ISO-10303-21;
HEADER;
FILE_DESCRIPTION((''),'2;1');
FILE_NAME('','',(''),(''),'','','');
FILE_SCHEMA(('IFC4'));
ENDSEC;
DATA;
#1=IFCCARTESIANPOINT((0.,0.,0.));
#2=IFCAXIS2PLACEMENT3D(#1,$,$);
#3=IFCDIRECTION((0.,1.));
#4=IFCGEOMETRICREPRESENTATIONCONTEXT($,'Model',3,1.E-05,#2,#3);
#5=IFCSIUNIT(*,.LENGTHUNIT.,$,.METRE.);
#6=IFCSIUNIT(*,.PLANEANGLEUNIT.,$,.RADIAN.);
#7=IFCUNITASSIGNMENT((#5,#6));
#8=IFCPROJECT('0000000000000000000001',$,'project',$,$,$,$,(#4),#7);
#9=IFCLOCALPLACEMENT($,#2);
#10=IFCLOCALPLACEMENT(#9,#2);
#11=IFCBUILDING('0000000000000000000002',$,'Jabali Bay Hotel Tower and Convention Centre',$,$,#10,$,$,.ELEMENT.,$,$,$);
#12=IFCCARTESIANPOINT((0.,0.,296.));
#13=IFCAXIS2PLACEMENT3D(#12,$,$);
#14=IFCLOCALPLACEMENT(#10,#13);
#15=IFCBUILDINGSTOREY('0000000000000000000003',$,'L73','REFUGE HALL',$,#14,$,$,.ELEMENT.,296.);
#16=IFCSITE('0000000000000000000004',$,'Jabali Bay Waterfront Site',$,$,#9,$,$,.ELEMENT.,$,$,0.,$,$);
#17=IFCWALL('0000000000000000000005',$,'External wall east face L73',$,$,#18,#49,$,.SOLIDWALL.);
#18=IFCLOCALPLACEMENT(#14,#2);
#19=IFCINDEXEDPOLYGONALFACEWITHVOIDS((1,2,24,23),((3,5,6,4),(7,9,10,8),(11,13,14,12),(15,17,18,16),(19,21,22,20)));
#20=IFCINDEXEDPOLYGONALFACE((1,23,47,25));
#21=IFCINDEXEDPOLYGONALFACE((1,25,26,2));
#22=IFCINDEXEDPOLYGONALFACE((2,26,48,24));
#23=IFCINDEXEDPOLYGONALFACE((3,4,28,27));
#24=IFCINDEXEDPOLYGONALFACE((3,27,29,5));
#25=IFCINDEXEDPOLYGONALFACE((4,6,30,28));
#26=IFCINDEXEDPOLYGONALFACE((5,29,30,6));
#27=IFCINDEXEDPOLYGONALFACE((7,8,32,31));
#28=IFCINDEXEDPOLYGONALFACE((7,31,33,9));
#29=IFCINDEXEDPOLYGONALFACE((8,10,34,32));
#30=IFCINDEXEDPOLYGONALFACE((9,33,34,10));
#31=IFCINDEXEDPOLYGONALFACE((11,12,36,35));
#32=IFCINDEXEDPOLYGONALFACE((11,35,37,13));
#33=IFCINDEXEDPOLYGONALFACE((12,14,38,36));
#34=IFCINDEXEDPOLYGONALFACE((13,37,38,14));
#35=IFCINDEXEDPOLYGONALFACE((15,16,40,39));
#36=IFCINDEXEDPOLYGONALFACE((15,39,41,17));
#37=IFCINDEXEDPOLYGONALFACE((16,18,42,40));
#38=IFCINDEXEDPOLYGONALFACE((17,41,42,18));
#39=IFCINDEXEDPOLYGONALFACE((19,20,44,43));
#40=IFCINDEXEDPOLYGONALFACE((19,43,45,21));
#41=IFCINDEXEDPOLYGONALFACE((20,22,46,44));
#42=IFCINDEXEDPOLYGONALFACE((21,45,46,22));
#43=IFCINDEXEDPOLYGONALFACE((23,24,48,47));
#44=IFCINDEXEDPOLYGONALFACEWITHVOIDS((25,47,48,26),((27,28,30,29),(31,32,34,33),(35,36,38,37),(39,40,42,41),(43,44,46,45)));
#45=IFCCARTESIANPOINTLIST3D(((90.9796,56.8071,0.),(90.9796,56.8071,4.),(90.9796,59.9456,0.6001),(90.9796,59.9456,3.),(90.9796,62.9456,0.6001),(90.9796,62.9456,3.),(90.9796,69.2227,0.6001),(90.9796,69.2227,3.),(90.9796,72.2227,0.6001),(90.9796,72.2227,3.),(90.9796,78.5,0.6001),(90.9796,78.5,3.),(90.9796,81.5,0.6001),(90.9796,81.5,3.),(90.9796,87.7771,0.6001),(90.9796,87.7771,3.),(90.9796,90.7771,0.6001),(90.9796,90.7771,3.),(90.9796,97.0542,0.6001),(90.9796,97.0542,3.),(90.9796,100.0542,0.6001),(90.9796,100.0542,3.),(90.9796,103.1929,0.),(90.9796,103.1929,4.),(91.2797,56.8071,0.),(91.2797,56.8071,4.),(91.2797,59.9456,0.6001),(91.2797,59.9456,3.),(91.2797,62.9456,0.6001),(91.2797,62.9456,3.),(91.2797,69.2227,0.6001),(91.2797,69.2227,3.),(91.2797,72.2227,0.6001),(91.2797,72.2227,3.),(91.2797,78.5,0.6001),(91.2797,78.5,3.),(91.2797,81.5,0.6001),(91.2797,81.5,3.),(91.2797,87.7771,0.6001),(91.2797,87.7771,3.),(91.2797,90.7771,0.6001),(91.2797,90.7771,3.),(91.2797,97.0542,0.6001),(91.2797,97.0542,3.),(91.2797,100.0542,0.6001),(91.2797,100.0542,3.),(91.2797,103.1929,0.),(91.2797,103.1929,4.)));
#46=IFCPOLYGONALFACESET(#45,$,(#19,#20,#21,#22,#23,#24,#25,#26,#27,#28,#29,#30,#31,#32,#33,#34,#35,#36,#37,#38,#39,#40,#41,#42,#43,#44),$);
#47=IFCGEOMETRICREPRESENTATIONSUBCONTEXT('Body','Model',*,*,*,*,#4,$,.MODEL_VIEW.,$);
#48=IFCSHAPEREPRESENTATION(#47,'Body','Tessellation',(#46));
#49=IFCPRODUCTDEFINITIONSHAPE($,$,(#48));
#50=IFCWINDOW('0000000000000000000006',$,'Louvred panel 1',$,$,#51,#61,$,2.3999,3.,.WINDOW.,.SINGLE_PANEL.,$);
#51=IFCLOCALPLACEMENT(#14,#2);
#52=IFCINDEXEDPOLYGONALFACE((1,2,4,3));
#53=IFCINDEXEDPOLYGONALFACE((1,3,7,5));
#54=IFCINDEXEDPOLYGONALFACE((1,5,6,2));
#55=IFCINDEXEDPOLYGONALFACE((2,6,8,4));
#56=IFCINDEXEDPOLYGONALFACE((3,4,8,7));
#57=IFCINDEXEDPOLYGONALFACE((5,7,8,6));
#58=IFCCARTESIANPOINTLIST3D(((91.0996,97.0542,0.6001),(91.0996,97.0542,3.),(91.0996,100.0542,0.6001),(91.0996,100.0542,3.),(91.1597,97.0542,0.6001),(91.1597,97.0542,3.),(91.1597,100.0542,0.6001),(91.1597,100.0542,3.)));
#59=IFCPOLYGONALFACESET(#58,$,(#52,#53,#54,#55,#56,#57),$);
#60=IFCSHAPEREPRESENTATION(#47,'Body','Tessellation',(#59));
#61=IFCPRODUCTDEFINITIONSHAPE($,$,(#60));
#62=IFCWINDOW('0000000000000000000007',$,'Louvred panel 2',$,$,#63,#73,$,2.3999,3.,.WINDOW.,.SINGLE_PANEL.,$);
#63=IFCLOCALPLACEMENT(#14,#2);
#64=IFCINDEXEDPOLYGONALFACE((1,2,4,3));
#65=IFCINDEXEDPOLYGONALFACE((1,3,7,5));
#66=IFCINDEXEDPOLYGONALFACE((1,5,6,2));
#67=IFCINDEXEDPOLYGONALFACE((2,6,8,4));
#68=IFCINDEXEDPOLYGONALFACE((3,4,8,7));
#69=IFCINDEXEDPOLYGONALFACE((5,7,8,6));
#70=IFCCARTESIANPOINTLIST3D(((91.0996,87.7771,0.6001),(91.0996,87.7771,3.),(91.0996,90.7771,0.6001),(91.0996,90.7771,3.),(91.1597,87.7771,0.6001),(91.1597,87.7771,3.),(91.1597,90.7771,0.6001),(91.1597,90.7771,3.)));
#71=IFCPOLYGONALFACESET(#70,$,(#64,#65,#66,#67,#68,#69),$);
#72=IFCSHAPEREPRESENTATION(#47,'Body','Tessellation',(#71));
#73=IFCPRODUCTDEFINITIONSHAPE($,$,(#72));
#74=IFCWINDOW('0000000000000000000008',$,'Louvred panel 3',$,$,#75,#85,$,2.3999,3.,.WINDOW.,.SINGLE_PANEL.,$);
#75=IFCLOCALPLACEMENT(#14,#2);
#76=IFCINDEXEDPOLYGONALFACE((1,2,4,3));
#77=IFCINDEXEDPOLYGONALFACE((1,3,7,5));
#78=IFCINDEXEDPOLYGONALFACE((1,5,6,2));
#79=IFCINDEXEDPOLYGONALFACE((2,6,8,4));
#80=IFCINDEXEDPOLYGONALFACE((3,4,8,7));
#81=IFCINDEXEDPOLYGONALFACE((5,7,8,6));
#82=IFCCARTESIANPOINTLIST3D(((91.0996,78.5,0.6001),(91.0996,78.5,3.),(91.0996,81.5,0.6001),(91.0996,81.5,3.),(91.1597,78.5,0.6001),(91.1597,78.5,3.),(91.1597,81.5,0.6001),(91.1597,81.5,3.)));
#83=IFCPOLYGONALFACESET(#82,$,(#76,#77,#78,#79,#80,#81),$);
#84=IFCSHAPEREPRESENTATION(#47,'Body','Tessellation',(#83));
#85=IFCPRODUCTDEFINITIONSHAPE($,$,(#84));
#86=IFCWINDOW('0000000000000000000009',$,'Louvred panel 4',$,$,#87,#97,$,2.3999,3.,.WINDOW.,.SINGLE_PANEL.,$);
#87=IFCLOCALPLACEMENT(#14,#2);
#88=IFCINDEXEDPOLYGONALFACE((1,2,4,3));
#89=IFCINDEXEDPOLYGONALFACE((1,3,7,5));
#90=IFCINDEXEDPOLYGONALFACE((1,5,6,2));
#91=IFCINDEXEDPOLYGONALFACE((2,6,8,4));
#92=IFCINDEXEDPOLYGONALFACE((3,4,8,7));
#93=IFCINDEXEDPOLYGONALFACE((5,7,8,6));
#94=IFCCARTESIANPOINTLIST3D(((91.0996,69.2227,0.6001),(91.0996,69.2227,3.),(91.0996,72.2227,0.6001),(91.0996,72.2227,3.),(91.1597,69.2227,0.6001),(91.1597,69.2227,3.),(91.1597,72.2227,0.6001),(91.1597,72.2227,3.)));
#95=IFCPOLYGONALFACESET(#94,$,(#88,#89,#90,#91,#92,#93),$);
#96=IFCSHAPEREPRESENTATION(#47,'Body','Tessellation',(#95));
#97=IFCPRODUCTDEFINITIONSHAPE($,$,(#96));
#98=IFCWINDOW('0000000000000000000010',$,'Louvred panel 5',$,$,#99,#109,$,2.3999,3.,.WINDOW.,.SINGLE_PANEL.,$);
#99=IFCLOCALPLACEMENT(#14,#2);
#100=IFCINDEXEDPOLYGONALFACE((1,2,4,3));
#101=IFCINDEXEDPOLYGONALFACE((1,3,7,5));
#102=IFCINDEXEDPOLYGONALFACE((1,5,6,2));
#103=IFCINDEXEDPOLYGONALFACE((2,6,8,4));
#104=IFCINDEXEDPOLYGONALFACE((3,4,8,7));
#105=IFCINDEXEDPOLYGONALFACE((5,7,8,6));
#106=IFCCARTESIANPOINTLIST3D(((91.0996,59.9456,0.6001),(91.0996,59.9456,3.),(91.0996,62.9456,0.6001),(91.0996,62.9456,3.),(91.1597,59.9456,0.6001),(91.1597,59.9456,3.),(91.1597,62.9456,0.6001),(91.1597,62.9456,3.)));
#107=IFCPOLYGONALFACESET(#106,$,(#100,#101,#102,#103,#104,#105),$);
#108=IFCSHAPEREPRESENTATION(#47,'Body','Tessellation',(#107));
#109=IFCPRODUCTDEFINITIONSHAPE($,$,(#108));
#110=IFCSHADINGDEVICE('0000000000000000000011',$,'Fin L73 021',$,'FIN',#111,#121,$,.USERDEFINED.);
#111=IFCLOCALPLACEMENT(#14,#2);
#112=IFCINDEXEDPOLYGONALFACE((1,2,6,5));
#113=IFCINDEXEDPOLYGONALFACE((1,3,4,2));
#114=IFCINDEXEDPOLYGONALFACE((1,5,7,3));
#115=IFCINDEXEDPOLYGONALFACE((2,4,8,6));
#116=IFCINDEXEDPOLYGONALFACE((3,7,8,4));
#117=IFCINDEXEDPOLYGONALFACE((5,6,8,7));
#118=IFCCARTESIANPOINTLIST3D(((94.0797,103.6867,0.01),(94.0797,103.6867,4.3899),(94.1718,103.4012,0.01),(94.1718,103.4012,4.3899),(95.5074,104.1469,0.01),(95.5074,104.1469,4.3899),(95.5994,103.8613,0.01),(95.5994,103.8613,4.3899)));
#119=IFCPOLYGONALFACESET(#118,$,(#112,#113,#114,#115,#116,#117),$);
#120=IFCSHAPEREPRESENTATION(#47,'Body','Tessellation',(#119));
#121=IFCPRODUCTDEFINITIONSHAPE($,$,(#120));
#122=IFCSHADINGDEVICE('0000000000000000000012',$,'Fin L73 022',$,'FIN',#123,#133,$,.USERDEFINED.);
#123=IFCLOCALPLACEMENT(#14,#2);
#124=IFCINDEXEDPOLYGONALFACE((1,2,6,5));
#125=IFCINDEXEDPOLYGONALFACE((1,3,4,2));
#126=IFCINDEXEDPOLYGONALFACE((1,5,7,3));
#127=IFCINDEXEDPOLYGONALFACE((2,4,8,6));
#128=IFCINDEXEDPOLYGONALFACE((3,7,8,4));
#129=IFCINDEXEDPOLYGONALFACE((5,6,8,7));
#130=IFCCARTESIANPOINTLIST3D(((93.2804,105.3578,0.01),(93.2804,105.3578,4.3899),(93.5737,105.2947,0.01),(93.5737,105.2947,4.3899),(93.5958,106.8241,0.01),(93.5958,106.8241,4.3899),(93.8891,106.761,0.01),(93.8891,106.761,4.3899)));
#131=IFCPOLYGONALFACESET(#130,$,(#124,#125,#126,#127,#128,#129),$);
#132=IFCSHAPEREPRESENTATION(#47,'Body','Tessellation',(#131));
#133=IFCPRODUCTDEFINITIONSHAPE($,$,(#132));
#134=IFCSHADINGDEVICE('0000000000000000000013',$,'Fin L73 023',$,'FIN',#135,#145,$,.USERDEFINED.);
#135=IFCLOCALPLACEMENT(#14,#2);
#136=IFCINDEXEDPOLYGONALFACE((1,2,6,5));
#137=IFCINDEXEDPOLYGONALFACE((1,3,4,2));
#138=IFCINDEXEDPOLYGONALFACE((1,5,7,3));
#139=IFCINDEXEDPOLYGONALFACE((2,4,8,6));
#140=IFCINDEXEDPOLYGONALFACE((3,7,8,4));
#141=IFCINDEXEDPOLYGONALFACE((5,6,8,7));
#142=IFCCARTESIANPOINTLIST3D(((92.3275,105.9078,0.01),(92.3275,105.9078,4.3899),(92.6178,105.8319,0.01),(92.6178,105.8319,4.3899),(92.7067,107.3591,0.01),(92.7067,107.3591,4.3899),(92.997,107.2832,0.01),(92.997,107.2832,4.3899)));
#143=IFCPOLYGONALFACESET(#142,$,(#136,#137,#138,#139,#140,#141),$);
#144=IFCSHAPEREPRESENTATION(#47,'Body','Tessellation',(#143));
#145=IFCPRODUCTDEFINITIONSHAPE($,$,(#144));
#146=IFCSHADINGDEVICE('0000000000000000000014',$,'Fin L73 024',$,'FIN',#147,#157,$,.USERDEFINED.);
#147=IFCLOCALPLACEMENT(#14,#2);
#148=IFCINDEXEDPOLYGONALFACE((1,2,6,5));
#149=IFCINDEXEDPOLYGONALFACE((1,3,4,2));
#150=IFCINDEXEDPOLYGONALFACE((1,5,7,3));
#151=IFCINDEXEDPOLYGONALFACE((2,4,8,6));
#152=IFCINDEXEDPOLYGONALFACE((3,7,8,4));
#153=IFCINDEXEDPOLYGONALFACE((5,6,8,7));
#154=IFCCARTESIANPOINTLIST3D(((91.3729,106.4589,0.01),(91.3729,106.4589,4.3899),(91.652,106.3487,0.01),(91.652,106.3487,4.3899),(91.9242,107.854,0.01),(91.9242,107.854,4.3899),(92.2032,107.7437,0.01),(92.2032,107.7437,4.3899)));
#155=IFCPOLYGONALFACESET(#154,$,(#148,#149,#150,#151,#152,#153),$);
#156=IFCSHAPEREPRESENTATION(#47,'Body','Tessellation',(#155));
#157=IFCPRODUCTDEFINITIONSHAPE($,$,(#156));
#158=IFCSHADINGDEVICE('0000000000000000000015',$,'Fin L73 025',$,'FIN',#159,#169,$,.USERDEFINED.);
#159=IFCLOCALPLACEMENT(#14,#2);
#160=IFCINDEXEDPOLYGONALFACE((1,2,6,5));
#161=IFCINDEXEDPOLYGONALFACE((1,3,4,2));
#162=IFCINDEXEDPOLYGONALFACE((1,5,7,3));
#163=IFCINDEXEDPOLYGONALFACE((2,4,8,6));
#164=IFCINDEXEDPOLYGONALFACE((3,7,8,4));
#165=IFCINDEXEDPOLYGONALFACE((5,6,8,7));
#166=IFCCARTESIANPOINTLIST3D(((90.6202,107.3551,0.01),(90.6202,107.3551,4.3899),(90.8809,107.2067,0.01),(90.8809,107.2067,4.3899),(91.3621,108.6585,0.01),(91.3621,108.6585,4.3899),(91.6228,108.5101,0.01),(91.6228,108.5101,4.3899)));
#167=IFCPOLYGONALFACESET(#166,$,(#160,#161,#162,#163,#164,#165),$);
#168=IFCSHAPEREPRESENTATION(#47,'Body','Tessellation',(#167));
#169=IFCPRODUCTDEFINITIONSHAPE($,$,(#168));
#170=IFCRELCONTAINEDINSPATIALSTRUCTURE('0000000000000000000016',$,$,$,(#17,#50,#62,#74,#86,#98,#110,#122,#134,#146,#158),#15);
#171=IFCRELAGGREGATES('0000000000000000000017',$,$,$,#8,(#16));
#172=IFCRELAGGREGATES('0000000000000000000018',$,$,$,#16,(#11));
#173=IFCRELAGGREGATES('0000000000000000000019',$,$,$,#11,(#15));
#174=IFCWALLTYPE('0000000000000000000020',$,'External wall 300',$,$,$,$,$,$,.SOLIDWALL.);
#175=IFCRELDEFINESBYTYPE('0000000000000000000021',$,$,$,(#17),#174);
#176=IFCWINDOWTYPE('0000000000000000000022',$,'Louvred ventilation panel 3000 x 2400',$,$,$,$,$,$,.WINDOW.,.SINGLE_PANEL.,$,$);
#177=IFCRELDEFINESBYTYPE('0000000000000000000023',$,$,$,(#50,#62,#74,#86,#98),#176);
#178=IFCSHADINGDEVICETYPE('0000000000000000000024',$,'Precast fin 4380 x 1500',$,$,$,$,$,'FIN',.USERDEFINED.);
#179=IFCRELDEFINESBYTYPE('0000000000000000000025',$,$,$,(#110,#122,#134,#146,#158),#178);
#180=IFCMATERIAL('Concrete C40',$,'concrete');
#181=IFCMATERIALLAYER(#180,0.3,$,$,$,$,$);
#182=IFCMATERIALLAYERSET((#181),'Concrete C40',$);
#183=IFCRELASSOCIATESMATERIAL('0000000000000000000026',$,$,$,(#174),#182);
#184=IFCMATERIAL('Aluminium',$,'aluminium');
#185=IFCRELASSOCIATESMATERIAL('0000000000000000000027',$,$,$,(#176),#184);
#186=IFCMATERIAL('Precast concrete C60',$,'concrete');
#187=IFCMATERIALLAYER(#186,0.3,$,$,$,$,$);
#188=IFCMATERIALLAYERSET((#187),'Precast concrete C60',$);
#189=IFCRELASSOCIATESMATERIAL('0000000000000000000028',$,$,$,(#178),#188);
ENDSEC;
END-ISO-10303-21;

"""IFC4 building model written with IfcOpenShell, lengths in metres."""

from ifc_helpers import new_model, si_unit, direction, frame, frame_2d, origin, place, context, subcontext, project, spatial, rectangle, extrude, material, layer, layer_set, type_object, element, fill, save


model = new_model("IFC4")

# Units and contexts
model_context = context("Model", 3, precision=1e-05, world=origin(), true_north=direction((0.0, 1.0)))
body_context = subcontext(model_context, "Body", "Model", "MODEL_VIEW")
ifc_project = project(units=[si_unit("LENGTHUNIT", "METRE"), si_unit("PLANEANGLEUNIT", "RADIAN")], contexts=[model_context])

# Site, building, storey
site_placement = place(None, origin())
site = spatial("IfcSite", under=ifc_project, at=site_placement, Name="Jabali Bay Waterfront Site", CompositionType="ELEMENT", RefElevation=0.0)
building_placement = place(site_placement, origin())
building = spatial("IfcBuilding", under=site, at=building_placement, Name="Jabali Bay Hotel Tower and Convention Centre", CompositionType="ELEMENT")
storey_placement = place(building_placement, frame((0.0, 0.0, 296.0)))
storey = spatial("IfcBuildingStorey", under=building, at=storey_placement, Name="L73", Description="REFUGE HALL", CompositionType="ELEMENT", Elevation=296.0)

# Wall, openings, windows
ifc_material_1 = material(Name="Concrete C40", Category="concrete")
ifc_layer_1 = layer(ifc_material_1, 0.3)
ifc_layer_set_1 = layer_set([ifc_layer_1], Name="Concrete C40")
wall_type = type_object("IfcWallType", Name="External wall 300", PredefinedType="SOLIDWALL", material=ifc_layer_set_1)
wall_placement = place(storey_placement, frame((91.1296, 103.1929, 0.0), z_axis=(0.0, 0.0, 1.0), x_axis=(0.0, -1.0, 0.0)))
wall = element("IfcWall", 1, at=wall_placement, inside=storey, type_object=wall_type, Name="External wall east face L73", PredefinedType="SOLIDWALL", context=body_context, shape_type="SweptSolid", body=[
    extrude(rectangle(XDim=46.3857, YDim=0.3, at=frame_2d((23.1929, 0.0))), origin(), (0.0, 0.0, 1.0), 4.0),
])
opening_1_placement = place(wall_placement, frame((3.1387, 0.0, 0.6001)))
opening_1 = element("IfcOpeningElement", 2, at=opening_1_placement, cuts=wall, PredefinedType="OPENING", context=body_context, shape_type="SweptSolid", body=[
    extrude(rectangle(XDim=3.0, YDim=2.3999, at=frame_2d((1.5, 1.2))), frame((0.0, 0.1606, 0.0), z_axis=(0.0, -1.0, 0.0), x_axis=(1.0, 0.0, 0.0)), (0.0, 0.0, 1.0), 0.321),
])
opening_2_placement = place(wall_placement, frame((12.4158, 0.0, 0.6001)))
opening_2 = element("IfcOpeningElement", 3, at=opening_2_placement, cuts=wall, PredefinedType="OPENING", context=body_context, shape_type="SweptSolid", body=[
    extrude(rectangle(XDim=3.0, YDim=2.3999, at=frame_2d((1.5, 1.2))), frame((0.0, 0.1606, 0.0), z_axis=(0.0, -1.0, 0.0), x_axis=(1.0, 0.0, 0.0)), (0.0, 0.0, 1.0), 0.321),
])
opening_3_placement = place(wall_placement, frame((21.6929, 0.0, 0.6001)))
opening_3 = element("IfcOpeningElement", 4, at=opening_3_placement, cuts=wall, PredefinedType="OPENING", context=body_context, shape_type="SweptSolid", body=[
    extrude(rectangle(XDim=3.0, YDim=2.3999, at=frame_2d((1.5, 1.2))), frame((0.0, 0.1606, 0.0), z_axis=(0.0, -1.0, 0.0), x_axis=(1.0, 0.0, 0.0)), (0.0, 0.0, 1.0), 0.321),
])
opening_4_placement = place(wall_placement, frame((30.9702, 0.0, 0.6001)))
opening_4 = element("IfcOpeningElement", 5, at=opening_4_placement, cuts=wall, PredefinedType="OPENING", context=body_context, shape_type="SweptSolid", body=[
    extrude(rectangle(XDim=3.0, YDim=2.3999, at=frame_2d((1.5, 1.2))), frame((0.0, 0.1606, 0.0), z_axis=(0.0, -1.0, 0.0), x_axis=(1.0, 0.0, 0.0)), (0.0, 0.0, 1.0), 0.321),
])
opening_5_placement = place(wall_placement, frame((40.2473, 0.0, 0.6001)))
opening_5 = element("IfcOpeningElement", 6, at=opening_5_placement, cuts=wall, PredefinedType="OPENING", context=body_context, shape_type="SweptSolid", body=[
    extrude(rectangle(XDim=3.0, YDim=2.3999, at=frame_2d((1.5, 1.2))), frame((0.0, 0.1606, 0.0), z_axis=(0.0, -1.0, 0.0), x_axis=(1.0, 0.0, 0.0)), (0.0, 0.0, 1.0), 0.321),
])
ifc_material_2 = material(Name="Aluminium", Category="aluminium")
window_type = type_object("IfcWindowType", Name="Louvred ventilation panel 3000 x 2400", PartitioningType="SINGLE_PANEL", PredefinedType="WINDOW", material=ifc_material_2)
window_1_placement = place(opening_1_placement, origin())
window_1 = element("IfcWindow", 7, at=window_1_placement, inside=storey, type_object=window_type, Name="Louvred panel 1", OverallHeight=2.3999, OverallWidth=3.0, PartitioningType="SINGLE_PANEL", PredefinedType="WINDOW", context=body_context, shape_type="SweptSolid", body=[
    extrude(rectangle(XDim=3.0, YDim=2.3999, at=frame_2d((1.5, 1.2))), frame((0.0, 0.03, 0.0), z_axis=(0.0, -1.0, 0.0), x_axis=(1.0, 0.0, 0.0)), (0.0, 0.0, 1.0), 0.0601),
])
fill(opening_1, window_1)
window_2_placement = place(opening_2_placement, origin())
window_2 = element("IfcWindow", 8, at=window_2_placement, inside=storey, type_object=window_type, Name="Louvred panel 2", OverallHeight=2.3999, OverallWidth=3.0, PartitioningType="SINGLE_PANEL", PredefinedType="WINDOW", context=body_context, shape_type="SweptSolid", body=[
    extrude(rectangle(XDim=3.0, YDim=2.3999, at=frame_2d((1.5, 1.2))), frame((0.0, 0.03, 0.0), z_axis=(0.0, -1.0, 0.0), x_axis=(1.0, 0.0, 0.0)), (0.0, 0.0, 1.0), 0.0601),
])
fill(opening_2, window_2)
window_3_placement = place(opening_3_placement, origin())
window_3 = element("IfcWindow", 9, at=window_3_placement, inside=storey, type_object=window_type, Name="Louvred panel 3", OverallHeight=2.3999, OverallWidth=3.0, PartitioningType="SINGLE_PANEL", PredefinedType="WINDOW", context=body_context, shape_type="SweptSolid", body=[
    extrude(rectangle(XDim=3.0, YDim=2.3999, at=frame_2d((1.5, 1.2))), frame((0.0, 0.03, 0.0), z_axis=(0.0, -1.0, 0.0), x_axis=(1.0, 0.0, 0.0)), (0.0, 0.0, 1.0), 0.0601),
])
fill(opening_3, window_3)
window_4_placement = place(opening_4_placement, origin())
window_4 = element("IfcWindow", 10, at=window_4_placement, inside=storey, type_object=window_type, Name="Louvred panel 4", OverallHeight=2.3999, OverallWidth=3.0, PartitioningType="SINGLE_PANEL", PredefinedType="WINDOW", context=body_context, shape_type="SweptSolid", body=[
    extrude(rectangle(XDim=3.0, YDim=2.3999, at=frame_2d((1.5, 1.2))), frame((0.0, 0.03, 0.0), z_axis=(0.0, -1.0, 0.0), x_axis=(1.0, 0.0, 0.0)), (0.0, 0.0, 1.0), 0.0601),
])
fill(opening_4, window_4)
window_5_placement = place(opening_5_placement, origin())
window_5 = element("IfcWindow", 11, at=window_5_placement, inside=storey, type_object=window_type, Name="Louvred panel 5", OverallHeight=2.3999, OverallWidth=3.0, PartitioningType="SINGLE_PANEL", PredefinedType="WINDOW", context=body_context, shape_type="SweptSolid", body=[
    extrude(rectangle(XDim=3.0, YDim=2.3999, at=frame_2d((1.5, 1.2))), frame((0.0, 0.03, 0.0), z_axis=(0.0, -1.0, 0.0), x_axis=(1.0, 0.0, 0.0)), (0.0, 0.0, 1.0), 0.0601),
])
fill(opening_5, window_5)

# Shading devices
ifc_material_3 = material(Name="Precast concrete C60", Category="concrete")
ifc_layer_2 = layer(ifc_material_3, 0.3)
ifc_layer_set_2 = layer_set([ifc_layer_2], Name="Precast concrete C60")
shading_device_type = type_object("IfcShadingDeviceType", Name="Precast fin 4380 x 1500", ElementType="FIN", PredefinedType="USERDEFINED", material=ifc_layer_set_2)
shading_device_1_placement = place(storey_placement, frame((94.1257, 103.5439, 0.01), z_axis=(0.0, 0.0, 1.0), x_axis=(0.951778, 0.306789, 0.0)))
element("IfcShadingDevice", 12, at=shading_device_1_placement, inside=storey, type_object=shading_device_type, Name="Fin L73 021", ObjectType="FIN", PredefinedType="USERDEFINED", context=body_context, shape_type="SweptSolid", body=[
    extrude(rectangle(XDim=1.5, YDim=0.3, at=frame_2d((0.75, 0.0))), origin(), (0.0, 0.0, 1.0), 4.3799),
])
shading_device_2_placement = place(storey_placement, frame((93.427, 105.3262, 0.01), z_axis=(0.0, 0.0, 1.0), x_axis=(0.210307, 0.977635, 0.0)))
element("IfcShadingDevice", 13, at=shading_device_2_placement, inside=storey, type_object=shading_device_type, Name="Fin L73 022", ObjectType="FIN", PredefinedType="USERDEFINED", context=body_context, shape_type="SweptSolid", body=[
    extrude(rectangle(XDim=1.4998, YDim=0.3, at=frame_2d((0.75, 0.0))), origin(), (0.0, 0.0, 1.0), 4.3799),
])
for number, where, z_axis, x_axis, name in (
    (14, (92.4727, 105.8699, 0.01), (0.0, 0.0, 1.0), (0.252786, 0.967522, 0.0), "Fin L73 023"),
    (15, (91.5125, 106.4038, 0.01), (0.0, 0.0, 1.0), (0.367515, 0.930018, 0.0), "Fin L73 024"),
):
    element("IfcShadingDevice", number, at=place(storey_placement, frame(where, z_axis=z_axis, x_axis=x_axis)), inside=storey, type_object=shading_device_type, Name=name, ObjectType="FIN", PredefinedType="USERDEFINED", context=body_context, shape_type="SweptSolid", body=[
        extrude(rectangle(XDim=1.5, YDim=0.3, at=frame_2d((0.75, 0.0))), origin(), (0.0, 0.0, 1.0), 4.3799),
    ])
shading_device_3_placement = place(storey_placement, frame((90.7505, 107.2808, 0.01), z_axis=(0.0, 0.0, 1.0), x_axis=(0.494683, 0.869073, 0.0)))
element("IfcShadingDevice", 16, at=shading_device_3_placement, inside=storey, type_object=shading_device_type, Name="Fin L73 025", ObjectType="FIN", PredefinedType="USERDEFINED", context=body_context, shape_type="SweptSolid", body=[
    extrude(rectangle(XDim=1.4998, YDim=0.3, at=frame_2d((0.75, 0.0))), origin(), (0.0, 0.0, 1.0), 4.3799),
])

save(model, "model.ifc")
